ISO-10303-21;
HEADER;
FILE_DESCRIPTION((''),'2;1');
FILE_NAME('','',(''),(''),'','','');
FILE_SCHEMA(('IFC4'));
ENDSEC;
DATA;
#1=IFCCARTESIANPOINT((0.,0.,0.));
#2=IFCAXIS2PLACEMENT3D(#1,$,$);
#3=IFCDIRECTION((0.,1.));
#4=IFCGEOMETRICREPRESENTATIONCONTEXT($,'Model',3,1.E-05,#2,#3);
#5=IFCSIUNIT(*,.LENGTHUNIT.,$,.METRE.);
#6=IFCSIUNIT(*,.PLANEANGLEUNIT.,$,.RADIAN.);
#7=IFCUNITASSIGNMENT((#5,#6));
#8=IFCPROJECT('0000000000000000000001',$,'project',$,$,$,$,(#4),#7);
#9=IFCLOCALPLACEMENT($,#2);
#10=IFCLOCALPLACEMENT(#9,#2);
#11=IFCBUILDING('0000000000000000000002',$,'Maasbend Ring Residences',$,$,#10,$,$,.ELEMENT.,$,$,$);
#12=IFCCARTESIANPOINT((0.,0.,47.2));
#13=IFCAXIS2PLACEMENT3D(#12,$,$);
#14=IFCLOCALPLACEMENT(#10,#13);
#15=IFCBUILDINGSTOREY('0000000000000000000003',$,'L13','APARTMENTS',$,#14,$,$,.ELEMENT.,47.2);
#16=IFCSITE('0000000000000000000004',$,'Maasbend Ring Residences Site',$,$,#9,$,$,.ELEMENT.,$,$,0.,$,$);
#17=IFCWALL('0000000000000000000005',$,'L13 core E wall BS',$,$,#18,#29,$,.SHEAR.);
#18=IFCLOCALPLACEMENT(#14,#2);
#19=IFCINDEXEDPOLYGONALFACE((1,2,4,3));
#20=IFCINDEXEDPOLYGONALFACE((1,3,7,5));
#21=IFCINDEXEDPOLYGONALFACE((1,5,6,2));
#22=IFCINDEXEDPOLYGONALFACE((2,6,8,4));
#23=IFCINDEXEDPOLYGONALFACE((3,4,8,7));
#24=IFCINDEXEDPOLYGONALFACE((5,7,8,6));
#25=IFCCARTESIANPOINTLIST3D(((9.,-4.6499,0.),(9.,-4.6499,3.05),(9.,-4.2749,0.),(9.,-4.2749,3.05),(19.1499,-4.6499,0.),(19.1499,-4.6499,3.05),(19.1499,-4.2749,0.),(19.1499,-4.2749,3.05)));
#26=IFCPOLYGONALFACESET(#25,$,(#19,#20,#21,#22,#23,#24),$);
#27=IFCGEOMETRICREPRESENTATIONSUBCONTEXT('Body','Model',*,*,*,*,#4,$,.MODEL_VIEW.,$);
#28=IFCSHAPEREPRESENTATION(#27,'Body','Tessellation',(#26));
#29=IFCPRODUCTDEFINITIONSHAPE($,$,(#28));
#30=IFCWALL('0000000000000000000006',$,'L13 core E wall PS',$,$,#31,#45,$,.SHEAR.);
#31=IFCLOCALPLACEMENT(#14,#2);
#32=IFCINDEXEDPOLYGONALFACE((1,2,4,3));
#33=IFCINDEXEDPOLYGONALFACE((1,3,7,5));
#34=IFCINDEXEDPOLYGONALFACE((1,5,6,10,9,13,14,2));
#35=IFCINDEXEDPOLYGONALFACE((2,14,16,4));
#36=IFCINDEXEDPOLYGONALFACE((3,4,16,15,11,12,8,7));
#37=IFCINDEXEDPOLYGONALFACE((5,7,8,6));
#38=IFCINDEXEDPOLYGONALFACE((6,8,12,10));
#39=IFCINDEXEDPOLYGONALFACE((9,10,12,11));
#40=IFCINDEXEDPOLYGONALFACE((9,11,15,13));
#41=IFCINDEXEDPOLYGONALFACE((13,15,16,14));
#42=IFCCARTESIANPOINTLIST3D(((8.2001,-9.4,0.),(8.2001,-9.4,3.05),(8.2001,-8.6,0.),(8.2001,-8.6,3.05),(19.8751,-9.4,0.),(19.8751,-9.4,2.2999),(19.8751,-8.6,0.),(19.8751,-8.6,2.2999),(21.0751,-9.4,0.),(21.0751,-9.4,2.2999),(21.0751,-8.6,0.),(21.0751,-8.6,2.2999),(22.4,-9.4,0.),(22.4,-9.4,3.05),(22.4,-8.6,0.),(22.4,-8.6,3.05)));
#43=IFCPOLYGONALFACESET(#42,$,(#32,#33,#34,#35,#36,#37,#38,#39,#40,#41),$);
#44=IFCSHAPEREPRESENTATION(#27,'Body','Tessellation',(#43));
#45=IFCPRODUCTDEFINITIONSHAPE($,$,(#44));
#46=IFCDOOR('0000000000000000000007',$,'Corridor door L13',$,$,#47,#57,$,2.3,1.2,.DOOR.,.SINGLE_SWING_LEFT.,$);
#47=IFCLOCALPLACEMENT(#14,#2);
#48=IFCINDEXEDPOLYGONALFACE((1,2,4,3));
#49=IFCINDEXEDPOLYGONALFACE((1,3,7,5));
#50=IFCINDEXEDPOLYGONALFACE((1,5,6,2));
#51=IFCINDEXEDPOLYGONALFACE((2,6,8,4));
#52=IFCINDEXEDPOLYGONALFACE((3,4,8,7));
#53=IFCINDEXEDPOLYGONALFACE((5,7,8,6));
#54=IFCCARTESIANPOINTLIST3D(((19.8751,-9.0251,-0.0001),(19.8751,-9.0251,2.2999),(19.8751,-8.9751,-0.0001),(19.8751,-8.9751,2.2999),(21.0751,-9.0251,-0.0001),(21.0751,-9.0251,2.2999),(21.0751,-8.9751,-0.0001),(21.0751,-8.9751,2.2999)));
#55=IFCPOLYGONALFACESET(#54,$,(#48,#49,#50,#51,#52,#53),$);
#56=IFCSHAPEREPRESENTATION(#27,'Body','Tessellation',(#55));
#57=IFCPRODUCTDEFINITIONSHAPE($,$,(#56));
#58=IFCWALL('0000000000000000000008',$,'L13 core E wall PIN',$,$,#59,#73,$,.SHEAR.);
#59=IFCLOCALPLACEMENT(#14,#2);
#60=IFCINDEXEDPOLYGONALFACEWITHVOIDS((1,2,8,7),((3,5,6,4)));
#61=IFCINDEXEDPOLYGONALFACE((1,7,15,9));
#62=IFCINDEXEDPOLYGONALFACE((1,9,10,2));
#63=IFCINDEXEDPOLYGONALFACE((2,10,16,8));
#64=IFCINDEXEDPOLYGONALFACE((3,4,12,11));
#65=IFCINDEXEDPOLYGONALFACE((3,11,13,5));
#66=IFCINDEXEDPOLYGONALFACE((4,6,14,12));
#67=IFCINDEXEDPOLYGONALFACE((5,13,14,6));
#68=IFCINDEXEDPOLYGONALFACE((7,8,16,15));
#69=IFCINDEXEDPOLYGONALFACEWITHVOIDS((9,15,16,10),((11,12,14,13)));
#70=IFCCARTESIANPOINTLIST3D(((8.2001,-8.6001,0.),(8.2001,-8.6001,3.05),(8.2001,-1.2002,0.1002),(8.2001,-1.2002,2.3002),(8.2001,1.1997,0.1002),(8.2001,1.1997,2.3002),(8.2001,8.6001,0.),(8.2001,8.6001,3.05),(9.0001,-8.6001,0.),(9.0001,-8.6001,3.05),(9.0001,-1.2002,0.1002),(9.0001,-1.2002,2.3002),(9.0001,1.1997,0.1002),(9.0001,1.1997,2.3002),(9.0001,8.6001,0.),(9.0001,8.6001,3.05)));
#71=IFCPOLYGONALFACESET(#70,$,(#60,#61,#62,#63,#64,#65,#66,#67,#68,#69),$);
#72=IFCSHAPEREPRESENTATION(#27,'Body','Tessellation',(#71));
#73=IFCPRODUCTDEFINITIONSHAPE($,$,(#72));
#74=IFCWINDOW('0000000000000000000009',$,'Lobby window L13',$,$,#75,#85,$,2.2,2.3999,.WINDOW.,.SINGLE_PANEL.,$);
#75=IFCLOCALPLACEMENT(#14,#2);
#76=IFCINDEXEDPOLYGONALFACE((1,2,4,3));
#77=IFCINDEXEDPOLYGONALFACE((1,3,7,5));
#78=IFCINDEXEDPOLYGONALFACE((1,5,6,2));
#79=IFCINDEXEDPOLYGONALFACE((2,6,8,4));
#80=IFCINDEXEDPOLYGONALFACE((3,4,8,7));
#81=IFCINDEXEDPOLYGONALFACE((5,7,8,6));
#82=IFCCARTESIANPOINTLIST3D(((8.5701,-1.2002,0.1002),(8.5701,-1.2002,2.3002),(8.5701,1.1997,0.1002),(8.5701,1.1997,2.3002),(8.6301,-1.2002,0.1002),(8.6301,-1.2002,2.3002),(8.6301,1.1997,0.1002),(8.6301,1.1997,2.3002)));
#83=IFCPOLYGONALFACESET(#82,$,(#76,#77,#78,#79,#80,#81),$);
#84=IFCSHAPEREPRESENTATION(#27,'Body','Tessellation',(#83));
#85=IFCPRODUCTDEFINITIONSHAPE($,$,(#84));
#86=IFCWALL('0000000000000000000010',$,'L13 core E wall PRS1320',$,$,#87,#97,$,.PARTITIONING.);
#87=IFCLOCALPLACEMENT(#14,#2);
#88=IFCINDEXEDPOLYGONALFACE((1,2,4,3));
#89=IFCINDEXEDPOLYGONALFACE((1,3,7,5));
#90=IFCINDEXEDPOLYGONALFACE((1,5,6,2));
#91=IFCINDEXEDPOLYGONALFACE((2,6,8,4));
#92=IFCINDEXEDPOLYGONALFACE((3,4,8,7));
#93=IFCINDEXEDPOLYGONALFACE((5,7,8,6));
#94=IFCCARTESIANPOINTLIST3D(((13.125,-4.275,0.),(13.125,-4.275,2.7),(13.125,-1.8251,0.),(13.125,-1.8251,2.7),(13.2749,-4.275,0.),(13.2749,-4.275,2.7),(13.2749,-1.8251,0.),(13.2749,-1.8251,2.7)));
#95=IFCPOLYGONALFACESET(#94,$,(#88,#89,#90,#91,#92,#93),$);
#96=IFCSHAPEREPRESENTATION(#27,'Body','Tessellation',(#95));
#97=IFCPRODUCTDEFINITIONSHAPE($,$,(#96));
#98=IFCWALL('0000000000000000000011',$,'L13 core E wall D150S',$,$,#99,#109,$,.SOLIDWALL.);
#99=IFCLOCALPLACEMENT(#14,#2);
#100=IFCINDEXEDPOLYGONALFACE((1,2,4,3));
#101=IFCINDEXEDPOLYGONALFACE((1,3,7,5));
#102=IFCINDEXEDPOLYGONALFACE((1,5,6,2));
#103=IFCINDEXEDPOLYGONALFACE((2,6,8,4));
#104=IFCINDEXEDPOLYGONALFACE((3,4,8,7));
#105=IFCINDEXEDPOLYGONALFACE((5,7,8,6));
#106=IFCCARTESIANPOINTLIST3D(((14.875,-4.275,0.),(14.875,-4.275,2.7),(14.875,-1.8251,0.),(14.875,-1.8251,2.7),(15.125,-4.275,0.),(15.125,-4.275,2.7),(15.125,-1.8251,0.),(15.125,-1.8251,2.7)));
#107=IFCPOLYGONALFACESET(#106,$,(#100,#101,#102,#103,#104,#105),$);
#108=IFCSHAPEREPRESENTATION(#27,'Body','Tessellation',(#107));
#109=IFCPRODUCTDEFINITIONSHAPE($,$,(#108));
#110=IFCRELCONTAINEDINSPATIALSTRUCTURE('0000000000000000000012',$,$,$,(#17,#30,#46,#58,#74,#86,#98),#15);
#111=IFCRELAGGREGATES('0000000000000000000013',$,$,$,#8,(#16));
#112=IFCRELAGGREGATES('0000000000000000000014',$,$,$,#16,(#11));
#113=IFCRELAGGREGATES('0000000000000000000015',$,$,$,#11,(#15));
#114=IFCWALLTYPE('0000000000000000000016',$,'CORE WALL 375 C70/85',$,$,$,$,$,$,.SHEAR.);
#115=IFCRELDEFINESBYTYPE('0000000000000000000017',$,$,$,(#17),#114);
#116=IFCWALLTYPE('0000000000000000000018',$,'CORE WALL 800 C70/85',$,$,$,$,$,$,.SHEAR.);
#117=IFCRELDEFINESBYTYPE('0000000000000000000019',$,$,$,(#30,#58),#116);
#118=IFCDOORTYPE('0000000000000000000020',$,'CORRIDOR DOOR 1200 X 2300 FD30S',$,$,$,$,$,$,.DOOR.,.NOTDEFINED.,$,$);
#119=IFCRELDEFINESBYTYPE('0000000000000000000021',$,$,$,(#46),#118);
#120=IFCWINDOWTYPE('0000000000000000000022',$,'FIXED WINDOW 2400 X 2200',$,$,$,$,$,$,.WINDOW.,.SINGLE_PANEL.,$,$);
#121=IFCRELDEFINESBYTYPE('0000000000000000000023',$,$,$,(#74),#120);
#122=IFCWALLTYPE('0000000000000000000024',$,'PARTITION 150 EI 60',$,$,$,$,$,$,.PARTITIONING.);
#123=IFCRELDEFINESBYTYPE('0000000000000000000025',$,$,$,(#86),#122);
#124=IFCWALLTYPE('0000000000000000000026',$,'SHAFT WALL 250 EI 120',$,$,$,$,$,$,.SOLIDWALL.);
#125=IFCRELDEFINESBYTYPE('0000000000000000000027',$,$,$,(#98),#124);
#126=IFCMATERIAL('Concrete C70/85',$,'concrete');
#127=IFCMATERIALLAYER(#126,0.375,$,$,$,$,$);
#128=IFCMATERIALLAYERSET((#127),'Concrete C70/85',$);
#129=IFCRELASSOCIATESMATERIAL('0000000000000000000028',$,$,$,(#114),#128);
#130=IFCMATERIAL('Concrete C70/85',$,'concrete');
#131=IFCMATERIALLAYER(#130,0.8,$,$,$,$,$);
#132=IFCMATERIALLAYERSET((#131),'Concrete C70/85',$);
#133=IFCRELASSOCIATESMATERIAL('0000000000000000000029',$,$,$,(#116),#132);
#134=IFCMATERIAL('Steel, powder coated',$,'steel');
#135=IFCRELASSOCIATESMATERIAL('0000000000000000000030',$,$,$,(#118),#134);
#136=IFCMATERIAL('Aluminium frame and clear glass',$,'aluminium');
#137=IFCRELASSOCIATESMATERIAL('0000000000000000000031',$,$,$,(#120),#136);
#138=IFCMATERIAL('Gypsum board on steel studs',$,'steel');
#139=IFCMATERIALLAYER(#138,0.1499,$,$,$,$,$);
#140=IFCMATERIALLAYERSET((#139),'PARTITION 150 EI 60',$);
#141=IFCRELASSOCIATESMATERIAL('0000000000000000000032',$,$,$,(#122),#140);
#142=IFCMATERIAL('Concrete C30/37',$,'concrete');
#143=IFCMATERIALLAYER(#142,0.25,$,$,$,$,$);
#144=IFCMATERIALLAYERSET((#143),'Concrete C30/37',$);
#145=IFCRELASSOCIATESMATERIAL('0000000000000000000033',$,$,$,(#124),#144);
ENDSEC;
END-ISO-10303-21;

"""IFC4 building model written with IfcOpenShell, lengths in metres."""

from ifc_helpers import new_model, si_unit, direction, frame, frame_2d, origin, place, context, subcontext, project, spatial, rectangle, extrude, material, layer, layer_set, type_object, element, fill, save


model = new_model("IFC4")

# Units and contexts
model_context = context("Model", 3, precision=1e-05, world=origin(), true_north=direction((0.0, 1.0)))
body_context = subcontext(model_context, "Body", "Model", "MODEL_VIEW")
ifc_project = project(units=[si_unit("LENGTHUNIT", "METRE"), si_unit("PLANEANGLEUNIT", "RADIAN")], contexts=[model_context])

# Site, building, storey
site_placement = place(None, origin())
site = spatial("IfcSite", under=ifc_project, at=site_placement, Name="Maasbend Ring Residences Site", CompositionType="ELEMENT", RefElevation=0.0)
building_placement = place(site_placement, origin())
building = spatial("IfcBuilding", under=site, at=building_placement, Name="Maasbend Ring Residences", CompositionType="ELEMENT")
storey_placement = place(building_placement, frame((0.0, 0.0, 47.2)))
storey = spatial("IfcBuildingStorey", under=building, at=storey_placement, Name="L13", Description="APARTMENTS", CompositionType="ELEMENT", Elevation=47.2)

# Wall
ifc_material_1 = material(Name="Concrete C70/85", Category="concrete")
ifc_layer_1 = layer(ifc_material_1, 0.375)
ifc_layer_set_1 = layer_set([ifc_layer_1], Name="Concrete C70/85")
wall_type_1 = type_object("IfcWallType", Name="CORE WALL 375 C70/85", PredefinedType="SHEAR", material=ifc_layer_set_1)
wall_1_placement = place(storey_placement, frame((9.0, -4.4624, 0.0), z_axis=(0.0, 0.0, 1.0), x_axis=(1.0, 0.0, 0.0)))
element("IfcWall", 1, at=wall_1_placement, inside=storey, type_object=wall_type_1, Name="L13 core E wall BS", PredefinedType="SHEAR", context=body_context, shape_type="SweptSolid", body=[
    extrude(rectangle(XDim=10.1499, YDim=0.375, at=frame_2d((5.075, 0.0))), origin(), (0.0, 0.0, 1.0), 3.05),
])

# Wall, opening, door
ifc_material_2 = material(Name="Concrete C70/85", Category="concrete")
ifc_layer_2 = layer(ifc_material_2, 0.8)
ifc_layer_set_2 = layer_set([ifc_layer_2], Name="Concrete C70/85")
wall_type_2 = type_object("IfcWallType", Name="CORE WALL 800 C70/85", PredefinedType="SHEAR", material=ifc_layer_set_2)
wall_2_placement = place(storey_placement, frame((8.2, -9.0, 0.0), z_axis=(0.0, 0.0, 1.0), x_axis=(1.0, 0.0, 0.0)))
wall_2 = element("IfcWall", 2, at=wall_2_placement, inside=storey, type_object=wall_type_2, Name="L13 core E wall PS", PredefinedType="SHEAR", context=body_context, shape_type="SweptSolid", body=[
    extrude(rectangle(XDim=14.2, YDim=0.8, at=frame_2d((7.1001, 0.0))), origin(), (0.0, 0.0, 1.0), 3.05),
])
opening_1_placement = place(wall_2_placement, frame((11.675, 0.0, 0.0)))
opening_1 = element("IfcOpeningElement", 3, at=opening_1_placement, cuts=wall_2, PredefinedType="OPENING", context=body_context, shape_type="SweptSolid", body=[
    extrude(rectangle(XDim=1.2, YDim=2.3, at=frame_2d((0.6001, 1.1499))), frame((0.0, 0.4102, 0.0), z_axis=(0.0, -1.0, 0.0), x_axis=(1.0, 0.0, 0.0)), (0.0, 0.0, 1.0), 0.8201),
])
ifc_material_3 = material(Name="Steel, powder coated", Category="steel")
door_type = type_object("IfcDoorType", Name="CORRIDOR DOOR 1200 X 2300 FD30S", OperationType="NOTDEFINED", PredefinedType="DOOR", material=ifc_material_3)
door_placement = place(opening_1_placement, origin())
door = element("IfcDoor", 4, at=door_placement, inside=storey, type_object=door_type, Name="Corridor door L13", OperationType="SINGLE_SWING_LEFT", OverallHeight=2.3, OverallWidth=1.2, PredefinedType="DOOR", context=body_context, shape_type="SweptSolid", body=[
    extrude(rectangle(XDim=1.2, YDim=2.3, at=frame_2d((0.6001, 1.1499))), frame((0.0, 0.0249, 0.0), z_axis=(0.0, -1.0, 0.0), x_axis=(1.0, 0.0, 0.0)), (0.0, 0.0, 1.0), 0.05),
])
fill(opening_1, door)

# Wall, opening, window
wall_3_placement = place(storey_placement, frame((8.6001, -8.6001, 0.0), z_axis=(0.0, 0.0, 1.0), x_axis=(0.0, 1.0, 0.0)))
wall_3 = element("IfcWall", 5, at=wall_3_placement, inside=storey, type_object=wall_type_2, Name="L13 core E wall PIN", PredefinedType="SHEAR", context=body_context, shape_type="SweptSolid", body=[
    extrude(rectangle(XDim=17.2002, YDim=0.8, at=frame_2d((8.6001, 0.0))), origin(), (0.0, 0.0, 1.0), 3.05),
])
opening_2_placement = place(wall_3_placement, frame((7.3999, 0.0, 0.1001)))
opening_2 = element("IfcOpeningElement", 6, at=opening_2_placement, cuts=wall_3, PredefinedType="OPENING", context=body_context, shape_type="SweptSolid", body=[
    extrude(rectangle(XDim=2.3999, YDim=2.2, at=frame_2d((1.2, 1.1001))), frame((0.0, 0.4102, 0.0), z_axis=(0.0, -1.0, 0.0), x_axis=(1.0, 0.0, 0.0)), (0.0, 0.0, 1.0), 0.8201),
])
ifc_material_4 = material(Name="Aluminium frame and clear glass", Category="aluminium")
window_type = type_object("IfcWindowType", Name="FIXED WINDOW 2400 X 2200", PartitioningType="SINGLE_PANEL", PredefinedType="WINDOW", material=ifc_material_4)
window_placement = place(opening_2_placement, origin())
window = element("IfcWindow", 7, at=window_placement, inside=storey, type_object=window_type, Name="Lobby window L13", OverallHeight=2.2, OverallWidth=2.3999, PartitioningType="SINGLE_PANEL", PredefinedType="WINDOW", context=body_context, shape_type="SweptSolid", body=[
    extrude(rectangle(XDim=2.3999, YDim=2.2, at=frame_2d((1.2, 1.1001))), frame((0.0, 0.03, 0.0), z_axis=(0.0, -1.0, 0.0), x_axis=(1.0, 0.0, 0.0)), (0.0, 0.0, 1.0), 0.0601),
])
fill(opening_2, window)

# Walls
ifc_material_5 = material(Name="Gypsum board on steel studs", Category="steel")
ifc_layer_3 = layer(ifc_material_5, 0.1499)
ifc_layer_set_3 = layer_set([ifc_layer_3], Name="PARTITION 150 EI 60")
wall_type_3 = type_object("IfcWallType", Name="PARTITION 150 EI 60", PredefinedType="PARTITIONING", material=ifc_layer_set_3)
wall_4_placement = place(storey_placement, frame((13.2, -1.825, 0.0), z_axis=(0.0, 0.0, 1.0), x_axis=(0.0, -1.0, 0.0)))
element("IfcWall", 8, at=wall_4_placement, inside=storey, type_object=wall_type_3, Name="L13 core E wall PRS1320", PredefinedType="PARTITIONING", context=body_context, shape_type="SweptSolid", body=[
    extrude(rectangle(XDim=2.45, YDim=0.1499, at=frame_2d((1.2251, 0.0))), origin(), (0.0, 0.0, 1.0), 2.7),
])
ifc_material_6 = material(Name="Concrete C30/37", Category="concrete")
ifc_layer_4 = layer(ifc_material_6, 0.25)
ifc_layer_set_4 = layer_set([ifc_layer_4], Name="Concrete C30/37")
wall_type_4 = type_object("IfcWallType", Name="SHAFT WALL 250 EI 120", PredefinedType="SOLIDWALL", material=ifc_layer_set_4)
wall_5_placement = place(storey_placement, frame((15.0, -1.825, 0.0), z_axis=(0.0, 0.0, 1.0), x_axis=(0.0, -1.0, 0.0)))
element("IfcWall", 9, at=wall_5_placement, inside=storey, type_object=wall_type_4, Name="L13 core E wall D150S", PredefinedType="SOLIDWALL", context=body_context, shape_type="SweptSolid", body=[
    extrude(rectangle(XDim=2.45, YDim=0.25, at=frame_2d((1.2251, 0.0))), origin(), (0.0, 0.0, 1.0), 2.7),
])

save(model, "model.ifc")
